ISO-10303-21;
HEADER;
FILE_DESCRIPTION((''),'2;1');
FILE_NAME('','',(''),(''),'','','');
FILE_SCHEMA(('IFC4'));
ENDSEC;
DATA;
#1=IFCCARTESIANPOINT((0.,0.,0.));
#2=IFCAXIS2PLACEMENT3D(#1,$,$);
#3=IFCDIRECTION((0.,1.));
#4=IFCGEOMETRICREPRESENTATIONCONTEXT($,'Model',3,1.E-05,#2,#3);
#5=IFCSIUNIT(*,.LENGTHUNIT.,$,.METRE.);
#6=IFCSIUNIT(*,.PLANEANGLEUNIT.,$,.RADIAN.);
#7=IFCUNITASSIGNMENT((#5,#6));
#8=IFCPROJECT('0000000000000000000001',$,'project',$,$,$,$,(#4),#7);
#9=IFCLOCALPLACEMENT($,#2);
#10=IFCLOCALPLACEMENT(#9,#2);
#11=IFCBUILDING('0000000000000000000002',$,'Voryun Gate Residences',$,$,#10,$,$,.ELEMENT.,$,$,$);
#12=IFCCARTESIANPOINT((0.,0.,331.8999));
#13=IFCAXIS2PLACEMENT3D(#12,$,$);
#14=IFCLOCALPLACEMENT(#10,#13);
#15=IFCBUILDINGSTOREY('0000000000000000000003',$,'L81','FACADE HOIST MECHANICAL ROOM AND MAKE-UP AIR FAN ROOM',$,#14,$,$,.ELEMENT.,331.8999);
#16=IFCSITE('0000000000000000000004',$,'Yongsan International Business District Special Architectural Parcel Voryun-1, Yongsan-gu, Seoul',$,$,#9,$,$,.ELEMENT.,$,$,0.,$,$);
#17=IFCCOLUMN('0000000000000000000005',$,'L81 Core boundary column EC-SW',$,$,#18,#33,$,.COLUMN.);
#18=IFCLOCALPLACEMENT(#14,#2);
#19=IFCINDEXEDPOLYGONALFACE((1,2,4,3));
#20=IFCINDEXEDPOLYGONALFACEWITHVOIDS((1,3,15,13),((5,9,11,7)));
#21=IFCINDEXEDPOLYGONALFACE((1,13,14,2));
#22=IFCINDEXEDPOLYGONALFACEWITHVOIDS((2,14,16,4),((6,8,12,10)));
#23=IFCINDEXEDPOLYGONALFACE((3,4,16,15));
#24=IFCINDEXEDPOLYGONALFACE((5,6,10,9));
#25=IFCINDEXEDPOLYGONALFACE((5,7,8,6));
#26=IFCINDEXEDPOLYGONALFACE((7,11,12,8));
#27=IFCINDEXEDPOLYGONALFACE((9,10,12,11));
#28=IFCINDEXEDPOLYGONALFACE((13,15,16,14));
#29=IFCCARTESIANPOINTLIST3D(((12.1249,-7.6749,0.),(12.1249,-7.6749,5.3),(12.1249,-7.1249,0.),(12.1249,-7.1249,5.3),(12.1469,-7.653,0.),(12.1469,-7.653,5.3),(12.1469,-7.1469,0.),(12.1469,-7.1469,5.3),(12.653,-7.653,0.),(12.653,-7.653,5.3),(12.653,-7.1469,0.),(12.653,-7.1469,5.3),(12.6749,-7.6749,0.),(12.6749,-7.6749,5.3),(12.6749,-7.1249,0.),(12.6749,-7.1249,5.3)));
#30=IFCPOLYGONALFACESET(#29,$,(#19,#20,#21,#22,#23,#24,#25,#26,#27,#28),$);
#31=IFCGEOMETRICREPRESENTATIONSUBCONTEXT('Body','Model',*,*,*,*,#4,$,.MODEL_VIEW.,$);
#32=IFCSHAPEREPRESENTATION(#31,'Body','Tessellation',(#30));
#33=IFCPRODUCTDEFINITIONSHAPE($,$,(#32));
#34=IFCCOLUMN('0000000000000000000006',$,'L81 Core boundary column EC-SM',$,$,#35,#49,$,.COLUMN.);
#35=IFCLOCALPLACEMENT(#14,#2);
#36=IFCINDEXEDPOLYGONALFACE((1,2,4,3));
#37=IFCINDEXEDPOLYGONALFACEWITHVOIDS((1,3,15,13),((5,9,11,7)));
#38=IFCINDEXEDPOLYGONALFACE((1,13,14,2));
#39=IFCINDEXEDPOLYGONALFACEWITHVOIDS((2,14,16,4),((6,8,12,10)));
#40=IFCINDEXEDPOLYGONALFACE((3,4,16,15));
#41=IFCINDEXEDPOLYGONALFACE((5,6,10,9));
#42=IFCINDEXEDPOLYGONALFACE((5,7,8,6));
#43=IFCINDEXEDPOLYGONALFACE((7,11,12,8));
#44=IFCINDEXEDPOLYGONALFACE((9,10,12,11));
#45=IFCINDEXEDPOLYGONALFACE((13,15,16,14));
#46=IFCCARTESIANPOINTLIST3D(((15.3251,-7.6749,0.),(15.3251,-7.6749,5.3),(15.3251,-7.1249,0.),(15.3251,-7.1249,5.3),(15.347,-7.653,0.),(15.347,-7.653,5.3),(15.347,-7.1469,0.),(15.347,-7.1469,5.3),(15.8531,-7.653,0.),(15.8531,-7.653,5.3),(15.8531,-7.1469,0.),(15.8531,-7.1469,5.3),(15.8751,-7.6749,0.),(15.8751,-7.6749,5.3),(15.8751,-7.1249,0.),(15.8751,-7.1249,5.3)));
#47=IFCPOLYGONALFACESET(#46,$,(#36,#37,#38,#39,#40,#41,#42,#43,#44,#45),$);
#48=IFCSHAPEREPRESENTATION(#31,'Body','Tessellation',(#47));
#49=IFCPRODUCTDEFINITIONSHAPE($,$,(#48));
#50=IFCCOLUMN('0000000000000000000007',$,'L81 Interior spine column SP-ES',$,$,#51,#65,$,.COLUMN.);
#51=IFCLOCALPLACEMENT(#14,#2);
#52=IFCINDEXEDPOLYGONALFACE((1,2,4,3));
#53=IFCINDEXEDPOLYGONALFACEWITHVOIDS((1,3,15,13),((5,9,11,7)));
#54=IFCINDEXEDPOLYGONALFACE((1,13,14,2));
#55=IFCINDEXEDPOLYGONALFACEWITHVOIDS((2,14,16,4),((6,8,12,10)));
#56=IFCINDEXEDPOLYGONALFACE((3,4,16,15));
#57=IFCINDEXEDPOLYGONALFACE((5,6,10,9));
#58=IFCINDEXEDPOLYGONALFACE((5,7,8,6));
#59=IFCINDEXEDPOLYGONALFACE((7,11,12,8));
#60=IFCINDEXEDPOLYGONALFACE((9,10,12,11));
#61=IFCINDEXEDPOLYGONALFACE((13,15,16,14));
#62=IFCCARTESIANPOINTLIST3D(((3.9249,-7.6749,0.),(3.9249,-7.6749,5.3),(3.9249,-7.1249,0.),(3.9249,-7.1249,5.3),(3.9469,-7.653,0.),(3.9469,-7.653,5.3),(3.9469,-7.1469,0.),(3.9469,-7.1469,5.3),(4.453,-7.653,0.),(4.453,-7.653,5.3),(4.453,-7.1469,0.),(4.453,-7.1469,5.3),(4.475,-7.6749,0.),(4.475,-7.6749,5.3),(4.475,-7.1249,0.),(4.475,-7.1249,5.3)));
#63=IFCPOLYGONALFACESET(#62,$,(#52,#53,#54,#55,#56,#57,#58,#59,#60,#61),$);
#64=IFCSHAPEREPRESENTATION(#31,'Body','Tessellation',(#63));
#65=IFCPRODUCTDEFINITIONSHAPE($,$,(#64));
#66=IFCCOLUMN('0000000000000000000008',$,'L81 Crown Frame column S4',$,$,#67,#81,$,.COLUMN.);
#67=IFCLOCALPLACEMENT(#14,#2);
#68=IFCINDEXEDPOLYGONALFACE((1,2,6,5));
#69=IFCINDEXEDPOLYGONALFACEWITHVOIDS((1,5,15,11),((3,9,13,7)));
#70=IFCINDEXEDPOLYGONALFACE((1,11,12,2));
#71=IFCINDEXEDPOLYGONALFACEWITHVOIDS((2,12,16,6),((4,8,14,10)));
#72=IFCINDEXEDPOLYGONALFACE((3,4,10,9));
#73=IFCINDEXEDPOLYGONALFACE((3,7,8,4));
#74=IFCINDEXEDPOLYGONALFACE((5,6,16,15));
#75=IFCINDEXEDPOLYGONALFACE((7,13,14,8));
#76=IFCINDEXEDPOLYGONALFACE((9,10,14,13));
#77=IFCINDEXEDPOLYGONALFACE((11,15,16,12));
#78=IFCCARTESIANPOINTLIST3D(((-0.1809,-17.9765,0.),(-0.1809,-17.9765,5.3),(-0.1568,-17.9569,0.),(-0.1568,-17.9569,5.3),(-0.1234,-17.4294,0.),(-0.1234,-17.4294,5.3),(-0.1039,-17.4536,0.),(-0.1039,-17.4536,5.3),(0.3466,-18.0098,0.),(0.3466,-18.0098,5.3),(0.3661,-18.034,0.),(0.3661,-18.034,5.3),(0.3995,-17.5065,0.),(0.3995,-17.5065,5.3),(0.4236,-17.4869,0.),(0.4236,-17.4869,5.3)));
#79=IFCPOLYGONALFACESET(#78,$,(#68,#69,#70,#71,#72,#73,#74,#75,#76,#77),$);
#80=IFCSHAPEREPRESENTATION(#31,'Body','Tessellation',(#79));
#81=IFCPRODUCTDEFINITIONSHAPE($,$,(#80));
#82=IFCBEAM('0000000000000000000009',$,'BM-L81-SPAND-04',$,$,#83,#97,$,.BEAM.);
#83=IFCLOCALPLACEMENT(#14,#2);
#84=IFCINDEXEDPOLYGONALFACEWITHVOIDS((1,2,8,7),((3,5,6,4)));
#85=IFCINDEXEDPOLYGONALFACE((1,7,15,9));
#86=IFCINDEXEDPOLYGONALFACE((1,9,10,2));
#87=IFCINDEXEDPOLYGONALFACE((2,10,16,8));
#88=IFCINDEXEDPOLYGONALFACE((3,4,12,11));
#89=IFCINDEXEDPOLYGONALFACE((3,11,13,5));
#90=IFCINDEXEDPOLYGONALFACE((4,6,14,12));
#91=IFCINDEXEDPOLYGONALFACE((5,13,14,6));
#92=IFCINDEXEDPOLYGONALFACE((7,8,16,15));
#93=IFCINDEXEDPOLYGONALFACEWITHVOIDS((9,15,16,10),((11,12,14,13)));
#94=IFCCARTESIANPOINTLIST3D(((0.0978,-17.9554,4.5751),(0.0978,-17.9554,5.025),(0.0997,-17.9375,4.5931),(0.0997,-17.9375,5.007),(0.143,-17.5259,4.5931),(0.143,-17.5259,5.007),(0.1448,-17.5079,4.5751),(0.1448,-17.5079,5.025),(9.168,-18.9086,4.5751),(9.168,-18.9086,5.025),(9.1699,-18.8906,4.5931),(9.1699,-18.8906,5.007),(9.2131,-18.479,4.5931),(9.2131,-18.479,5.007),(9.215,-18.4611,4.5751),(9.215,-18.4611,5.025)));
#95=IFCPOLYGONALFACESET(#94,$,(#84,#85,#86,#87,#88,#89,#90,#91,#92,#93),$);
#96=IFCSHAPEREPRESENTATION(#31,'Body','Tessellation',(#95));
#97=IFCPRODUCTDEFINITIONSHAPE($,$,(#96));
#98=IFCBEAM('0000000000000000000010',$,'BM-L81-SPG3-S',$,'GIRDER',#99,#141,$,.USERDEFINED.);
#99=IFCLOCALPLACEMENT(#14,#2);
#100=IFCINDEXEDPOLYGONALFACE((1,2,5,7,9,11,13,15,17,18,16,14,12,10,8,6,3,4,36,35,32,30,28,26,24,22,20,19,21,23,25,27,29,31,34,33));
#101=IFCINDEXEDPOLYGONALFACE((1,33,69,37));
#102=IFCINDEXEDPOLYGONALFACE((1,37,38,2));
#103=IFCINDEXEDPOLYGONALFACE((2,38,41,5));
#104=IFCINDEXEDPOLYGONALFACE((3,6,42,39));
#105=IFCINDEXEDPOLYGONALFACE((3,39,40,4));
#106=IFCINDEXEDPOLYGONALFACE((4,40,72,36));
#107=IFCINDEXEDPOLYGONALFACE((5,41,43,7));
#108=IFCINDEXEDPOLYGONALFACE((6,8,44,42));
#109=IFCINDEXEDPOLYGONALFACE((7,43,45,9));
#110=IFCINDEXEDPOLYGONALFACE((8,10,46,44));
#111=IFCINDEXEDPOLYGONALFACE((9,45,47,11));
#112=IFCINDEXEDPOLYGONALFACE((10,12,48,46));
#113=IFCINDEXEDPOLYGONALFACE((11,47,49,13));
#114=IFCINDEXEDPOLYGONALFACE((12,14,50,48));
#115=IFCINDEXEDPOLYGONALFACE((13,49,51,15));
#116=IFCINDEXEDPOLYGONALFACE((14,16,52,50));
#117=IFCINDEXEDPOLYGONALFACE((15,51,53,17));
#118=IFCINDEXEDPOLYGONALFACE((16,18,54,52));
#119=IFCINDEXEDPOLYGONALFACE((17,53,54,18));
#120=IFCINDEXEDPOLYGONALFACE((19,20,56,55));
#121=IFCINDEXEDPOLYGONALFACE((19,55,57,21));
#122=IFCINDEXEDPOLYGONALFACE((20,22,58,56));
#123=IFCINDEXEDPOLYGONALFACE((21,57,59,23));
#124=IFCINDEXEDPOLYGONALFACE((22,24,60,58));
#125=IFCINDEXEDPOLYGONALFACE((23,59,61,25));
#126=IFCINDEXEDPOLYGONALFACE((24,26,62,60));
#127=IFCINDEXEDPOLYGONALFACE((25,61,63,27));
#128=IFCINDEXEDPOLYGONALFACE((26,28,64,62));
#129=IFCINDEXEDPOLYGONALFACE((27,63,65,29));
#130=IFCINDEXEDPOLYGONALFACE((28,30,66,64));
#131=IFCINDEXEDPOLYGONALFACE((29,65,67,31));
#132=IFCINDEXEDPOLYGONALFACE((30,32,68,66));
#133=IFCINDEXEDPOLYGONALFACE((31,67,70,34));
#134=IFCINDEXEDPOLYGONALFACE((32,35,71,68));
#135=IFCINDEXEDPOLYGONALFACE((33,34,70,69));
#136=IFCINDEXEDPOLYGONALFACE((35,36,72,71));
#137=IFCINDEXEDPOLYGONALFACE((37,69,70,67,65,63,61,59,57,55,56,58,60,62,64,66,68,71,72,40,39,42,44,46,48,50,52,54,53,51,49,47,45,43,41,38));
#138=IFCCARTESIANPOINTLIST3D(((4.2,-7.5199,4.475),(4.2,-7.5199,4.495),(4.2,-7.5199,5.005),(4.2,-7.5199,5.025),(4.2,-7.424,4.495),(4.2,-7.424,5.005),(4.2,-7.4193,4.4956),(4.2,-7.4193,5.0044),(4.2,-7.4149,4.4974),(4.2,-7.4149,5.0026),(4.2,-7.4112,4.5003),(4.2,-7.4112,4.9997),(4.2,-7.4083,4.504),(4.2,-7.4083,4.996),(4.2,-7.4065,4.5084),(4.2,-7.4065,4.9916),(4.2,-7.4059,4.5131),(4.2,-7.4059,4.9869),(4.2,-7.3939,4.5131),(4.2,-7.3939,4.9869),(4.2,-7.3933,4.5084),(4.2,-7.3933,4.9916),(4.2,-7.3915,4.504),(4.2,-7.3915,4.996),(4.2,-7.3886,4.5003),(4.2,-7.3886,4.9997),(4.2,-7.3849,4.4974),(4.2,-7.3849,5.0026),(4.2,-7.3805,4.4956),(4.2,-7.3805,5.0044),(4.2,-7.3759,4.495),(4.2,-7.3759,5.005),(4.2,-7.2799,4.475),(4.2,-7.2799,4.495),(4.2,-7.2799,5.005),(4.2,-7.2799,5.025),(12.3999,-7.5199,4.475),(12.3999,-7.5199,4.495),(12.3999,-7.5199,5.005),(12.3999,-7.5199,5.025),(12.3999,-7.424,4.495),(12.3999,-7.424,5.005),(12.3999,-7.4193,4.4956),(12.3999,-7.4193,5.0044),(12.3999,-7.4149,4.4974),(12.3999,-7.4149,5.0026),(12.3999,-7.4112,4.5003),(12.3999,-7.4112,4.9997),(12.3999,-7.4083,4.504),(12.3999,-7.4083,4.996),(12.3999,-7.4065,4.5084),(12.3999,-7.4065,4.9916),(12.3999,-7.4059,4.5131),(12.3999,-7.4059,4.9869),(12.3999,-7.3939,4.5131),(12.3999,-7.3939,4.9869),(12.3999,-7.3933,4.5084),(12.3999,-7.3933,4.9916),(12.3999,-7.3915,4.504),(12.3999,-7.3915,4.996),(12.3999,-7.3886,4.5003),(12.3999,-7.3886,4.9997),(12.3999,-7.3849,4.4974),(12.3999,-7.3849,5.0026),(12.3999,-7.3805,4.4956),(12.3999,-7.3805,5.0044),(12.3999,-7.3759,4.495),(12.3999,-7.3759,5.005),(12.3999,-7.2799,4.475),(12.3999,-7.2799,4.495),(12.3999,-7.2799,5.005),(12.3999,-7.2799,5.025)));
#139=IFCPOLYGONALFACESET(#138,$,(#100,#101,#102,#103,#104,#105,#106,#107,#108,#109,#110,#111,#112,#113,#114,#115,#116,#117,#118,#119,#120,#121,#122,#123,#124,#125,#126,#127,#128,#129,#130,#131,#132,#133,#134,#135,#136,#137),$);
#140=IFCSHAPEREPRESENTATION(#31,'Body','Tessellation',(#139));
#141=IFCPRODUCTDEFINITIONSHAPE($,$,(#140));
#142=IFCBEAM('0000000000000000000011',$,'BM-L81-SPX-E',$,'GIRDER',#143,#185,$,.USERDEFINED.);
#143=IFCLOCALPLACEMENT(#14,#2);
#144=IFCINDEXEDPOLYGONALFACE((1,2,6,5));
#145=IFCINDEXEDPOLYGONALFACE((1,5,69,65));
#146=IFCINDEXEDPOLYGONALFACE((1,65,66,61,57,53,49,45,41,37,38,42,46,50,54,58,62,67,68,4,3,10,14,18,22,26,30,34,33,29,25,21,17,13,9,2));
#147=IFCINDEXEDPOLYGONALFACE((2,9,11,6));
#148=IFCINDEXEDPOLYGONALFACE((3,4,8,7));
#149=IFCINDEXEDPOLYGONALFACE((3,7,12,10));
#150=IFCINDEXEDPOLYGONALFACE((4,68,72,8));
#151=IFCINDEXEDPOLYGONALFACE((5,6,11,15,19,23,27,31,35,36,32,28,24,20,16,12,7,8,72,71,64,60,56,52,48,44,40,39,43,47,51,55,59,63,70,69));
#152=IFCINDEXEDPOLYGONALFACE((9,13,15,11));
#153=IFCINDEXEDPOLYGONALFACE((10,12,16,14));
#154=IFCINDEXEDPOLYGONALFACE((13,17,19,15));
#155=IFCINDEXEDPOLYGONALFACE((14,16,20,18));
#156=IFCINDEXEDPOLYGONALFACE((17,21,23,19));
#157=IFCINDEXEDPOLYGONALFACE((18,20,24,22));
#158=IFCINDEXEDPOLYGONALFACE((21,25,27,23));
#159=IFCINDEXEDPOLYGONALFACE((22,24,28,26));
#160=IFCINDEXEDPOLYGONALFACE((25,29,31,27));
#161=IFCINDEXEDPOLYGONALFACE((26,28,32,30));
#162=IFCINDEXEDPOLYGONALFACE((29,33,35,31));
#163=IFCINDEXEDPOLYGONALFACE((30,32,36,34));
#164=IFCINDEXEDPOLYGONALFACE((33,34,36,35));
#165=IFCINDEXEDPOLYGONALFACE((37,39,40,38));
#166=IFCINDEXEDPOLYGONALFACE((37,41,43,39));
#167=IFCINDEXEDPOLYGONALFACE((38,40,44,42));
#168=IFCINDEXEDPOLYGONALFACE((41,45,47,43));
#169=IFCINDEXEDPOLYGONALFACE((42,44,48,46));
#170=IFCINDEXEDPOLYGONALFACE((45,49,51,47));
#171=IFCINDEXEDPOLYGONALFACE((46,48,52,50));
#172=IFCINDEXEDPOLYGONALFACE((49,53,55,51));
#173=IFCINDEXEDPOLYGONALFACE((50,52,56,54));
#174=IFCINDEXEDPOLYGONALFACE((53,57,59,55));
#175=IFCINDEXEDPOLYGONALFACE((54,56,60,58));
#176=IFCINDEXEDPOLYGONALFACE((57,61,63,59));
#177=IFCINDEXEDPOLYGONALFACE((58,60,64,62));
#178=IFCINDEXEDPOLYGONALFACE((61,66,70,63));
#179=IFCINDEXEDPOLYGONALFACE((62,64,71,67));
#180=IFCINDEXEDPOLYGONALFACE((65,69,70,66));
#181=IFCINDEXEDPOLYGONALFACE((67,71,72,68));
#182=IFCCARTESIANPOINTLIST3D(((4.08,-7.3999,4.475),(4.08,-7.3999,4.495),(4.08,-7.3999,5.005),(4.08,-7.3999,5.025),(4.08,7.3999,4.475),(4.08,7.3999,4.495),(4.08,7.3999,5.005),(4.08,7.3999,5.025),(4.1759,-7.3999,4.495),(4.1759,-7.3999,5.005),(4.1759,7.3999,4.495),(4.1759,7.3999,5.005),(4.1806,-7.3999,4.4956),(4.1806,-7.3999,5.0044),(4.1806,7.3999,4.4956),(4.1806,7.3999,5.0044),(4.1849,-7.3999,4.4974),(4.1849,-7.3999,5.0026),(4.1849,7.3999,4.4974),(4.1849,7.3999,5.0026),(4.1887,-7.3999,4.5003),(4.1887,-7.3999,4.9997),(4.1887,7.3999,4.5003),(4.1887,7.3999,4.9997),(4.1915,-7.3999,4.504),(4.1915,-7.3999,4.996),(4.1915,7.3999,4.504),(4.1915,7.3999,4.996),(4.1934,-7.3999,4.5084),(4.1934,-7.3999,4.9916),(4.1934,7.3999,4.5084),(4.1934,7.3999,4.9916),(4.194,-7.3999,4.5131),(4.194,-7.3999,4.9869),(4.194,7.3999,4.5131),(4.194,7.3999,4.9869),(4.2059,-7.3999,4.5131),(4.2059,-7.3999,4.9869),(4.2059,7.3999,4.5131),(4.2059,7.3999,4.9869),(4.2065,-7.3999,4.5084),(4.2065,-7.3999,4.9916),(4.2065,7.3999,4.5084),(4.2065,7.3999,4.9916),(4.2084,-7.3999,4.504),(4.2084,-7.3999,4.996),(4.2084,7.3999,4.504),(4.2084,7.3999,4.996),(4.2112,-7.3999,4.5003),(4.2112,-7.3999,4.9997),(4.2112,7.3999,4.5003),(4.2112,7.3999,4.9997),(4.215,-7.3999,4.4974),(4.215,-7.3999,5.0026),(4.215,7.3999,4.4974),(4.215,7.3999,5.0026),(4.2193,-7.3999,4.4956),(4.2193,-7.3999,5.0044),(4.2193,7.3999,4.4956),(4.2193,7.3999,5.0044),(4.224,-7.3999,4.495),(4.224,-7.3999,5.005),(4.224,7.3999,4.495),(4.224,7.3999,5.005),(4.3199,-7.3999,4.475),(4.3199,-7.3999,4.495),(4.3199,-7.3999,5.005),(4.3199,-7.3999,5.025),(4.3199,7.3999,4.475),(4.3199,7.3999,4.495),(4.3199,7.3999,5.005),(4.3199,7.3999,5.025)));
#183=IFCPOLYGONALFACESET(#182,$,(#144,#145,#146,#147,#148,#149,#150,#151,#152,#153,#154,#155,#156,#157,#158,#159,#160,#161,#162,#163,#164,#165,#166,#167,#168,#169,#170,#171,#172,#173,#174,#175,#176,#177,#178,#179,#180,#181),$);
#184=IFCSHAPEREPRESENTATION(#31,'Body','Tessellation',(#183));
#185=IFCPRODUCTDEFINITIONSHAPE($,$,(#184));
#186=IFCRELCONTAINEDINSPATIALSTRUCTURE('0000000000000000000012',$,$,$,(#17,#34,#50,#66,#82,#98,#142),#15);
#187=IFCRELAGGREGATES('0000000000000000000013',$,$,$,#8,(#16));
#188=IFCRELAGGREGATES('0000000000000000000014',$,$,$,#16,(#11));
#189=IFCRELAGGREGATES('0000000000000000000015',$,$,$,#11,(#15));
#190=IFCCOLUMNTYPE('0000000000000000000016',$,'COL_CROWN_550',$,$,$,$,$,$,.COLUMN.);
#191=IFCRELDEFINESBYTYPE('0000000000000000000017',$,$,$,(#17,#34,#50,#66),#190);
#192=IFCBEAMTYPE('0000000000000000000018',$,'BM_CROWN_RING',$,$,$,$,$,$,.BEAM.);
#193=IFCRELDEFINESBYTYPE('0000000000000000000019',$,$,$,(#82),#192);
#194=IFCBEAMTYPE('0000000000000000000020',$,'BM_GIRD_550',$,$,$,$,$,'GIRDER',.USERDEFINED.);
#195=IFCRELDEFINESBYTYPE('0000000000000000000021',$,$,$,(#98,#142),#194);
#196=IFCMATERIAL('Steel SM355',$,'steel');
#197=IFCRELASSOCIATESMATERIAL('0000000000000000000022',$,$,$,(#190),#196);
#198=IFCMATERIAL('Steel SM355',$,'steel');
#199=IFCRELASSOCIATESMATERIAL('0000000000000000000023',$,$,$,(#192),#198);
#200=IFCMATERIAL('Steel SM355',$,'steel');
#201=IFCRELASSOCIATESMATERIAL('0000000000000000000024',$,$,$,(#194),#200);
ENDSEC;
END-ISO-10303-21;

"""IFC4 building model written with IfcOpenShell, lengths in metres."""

from ifc_helpers import new_model, si_unit, direction, frame, origin, origin_2d, place, context, subcontext, project, spatial, hollow_rectangle, i_section, extrude, material, material_profile, profile_set, type_object, element, save


model = new_model("IFC4")

# Units and contexts
model_context = context("Model", 3, precision=1e-05, world=origin(), true_north=direction((0.0, 1.0)))
body_context = subcontext(model_context, "Body", "Model", "MODEL_VIEW")
ifc_project = project(units=[si_unit("LENGTHUNIT", "METRE"), si_unit("PLANEANGLEUNIT", "RADIAN")], contexts=[model_context])

# Site, building, storey
site_placement = place(None, origin())
site = spatial("IfcSite", under=ifc_project, at=site_placement, Name="Yongsan International Business District Special Architectural Parcel Voryun-1, Yongsan-gu, Seoul", CompositionType="ELEMENT", RefElevation=0.0)
building_placement = place(site_placement, origin())
building = spatial("IfcBuilding", under=site, at=building_placement, Name="Voryun Gate Residences", CompositionType="ELEMENT")
storey_placement = place(building_placement, frame((0.0, 0.0, 331.8999)))
storey = spatial("IfcBuildingStorey", under=building, at=storey_placement, Name="L81", Description="FACADE HOIST MECHANICAL ROOM AND MAKE-UP AIR FAN ROOM", CompositionType="ELEMENT", Elevation=331.8999)

# Columns
ifc_material_1 = material(Name="Steel SM355", Category="steel")
ifc_material_profile_1 = material_profile(ifc_material_1, hollow_rectangle(XDim=0.55, YDim=0.55, WallThickness=0.022, at=origin_2d()), Name="BOX-550x550x22")
ifc_profile_set_1 = profile_set([ifc_material_profile_1], Name="Steel SM355")
column_type = type_object("IfcColumnType", Name="COL_CROWN_550", PredefinedType="COLUMN", material=ifc_profile_set_1)
for number, where, z_axis, x_axis, name in (
    (1, (12.3999, -7.3999, 0.0), (0.0, 0.0, 1.0), (1.0, 0.0, 0.0), "L81 Core boundary column EC-SW"),
    (2, (15.6001, -7.3999, 0.0), (0.0, 0.0, 1.0), (1.0, 0.0, 0.0), "L81 Core boundary column EC-SM"),
    (3, (4.2, -7.3999, 0.0), (0.0, 0.0, 1.0), (1.0, 0.0, 0.0), "L81 Interior spine column SP-ES"),
    (4, (0.1213, -17.7317, 0.0), (0.0, 0.0, 1.0), (0.994522, -0.104528, 0.0), "L81 Crown Frame column S4"),
):
    element("IfcColumn", number, at=place(storey_placement, frame(where, z_axis=z_axis, x_axis=x_axis)), inside=storey, type_object=column_type, Name=name, PredefinedType="COLUMN", context=body_context, shape_type="SweptSolid", body=[
        extrude(hollow_rectangle(XDim=0.55, YDim=0.55, WallThickness=0.022, at=origin_2d()), origin(), (0.0, 0.0, 1.0), 5.3),
    ])

# Beams
ifc_material_2 = material(Name="Steel SM355", Category="steel")
ifc_material_profile_2 = material_profile(ifc_material_2, hollow_rectangle(XDim=0.45, YDim=0.45, WallThickness=0.0181, at=origin_2d()), Name="BOX-450x450x18")
ifc_profile_set_2 = profile_set([ifc_material_profile_2], Name="Steel SM355")
beam_type_1 = type_object("IfcBeamType", Name="BM_CROWN_RING", PredefinedType="BEAM", material=ifc_profile_set_2)
beam_1_placement = place(storey_placement, frame((0.1213, -17.7317, 4.8), z_axis=(0.994524, -0.104509, 0.0), x_axis=(0.104509, 0.994524, 0.0)))
element("IfcBeam", 5, at=beam_1_placement, inside=storey, type_object=beam_type_1, Name="BM-L81-SPAND-04", PredefinedType="BEAM", context=body_context, shape_type="SweptSolid", body=[
    extrude(hollow_rectangle(XDim=0.45, YDim=0.45, WallThickness=0.0181, at=origin_2d()), origin(), (0.0, 0.0, 1.0), 9.1201),
])
ifc_material_3 = material(Name="Steel SM355", Category="steel")
ifc_material_profile_3 = material_profile(ifc_material_3, i_section(OverallWidth=0.24, OverallDepth=0.55, WebThickness=0.012, FlangeThickness=0.02, FilletRadius=0.0181, at=origin_2d()), Name="H-550x240x12x20")
ifc_profile_set_3 = profile_set([ifc_material_profile_3], Name="Steel SM355")
beam_type_2 = type_object("IfcBeamType", Name="BM_GIRD_550", ElementType="GIRDER", PredefinedType="USERDEFINED", material=ifc_profile_set_3)
beam_2_placement = place(storey_placement, frame((4.2, -7.3999, 4.75), z_axis=(1.0, 0.0, 0.0), x_axis=(0.0, 1.0, 0.0)))
element("IfcBeam", 6, at=beam_2_placement, inside=storey, type_object=beam_type_2, Name="BM-L81-SPG3-S", ObjectType="GIRDER", PredefinedType="USERDEFINED", context=body_context, shape_type="SweptSolid", body=[
    extrude(i_section(OverallWidth=0.24, OverallDepth=0.55, WebThickness=0.012, FlangeThickness=0.02, FilletRadius=0.0181, at=origin_2d()), origin(), (0.0, 0.0, 1.0), 8.2),
])
beam_3_placement = place(storey_placement, frame((4.2, -7.3999, 4.75), z_axis=(0.0, 1.0, 0.0), x_axis=(-1.0, 0.0, 0.0)))
element("IfcBeam", 7, at=beam_3_placement, inside=storey, type_object=beam_type_2, Name="BM-L81-SPX-E", ObjectType="GIRDER", PredefinedType="USERDEFINED", context=body_context, shape_type="SweptSolid", body=[
    extrude(i_section(OverallWidth=0.24, OverallDepth=0.55, WebThickness=0.012, FlangeThickness=0.02, FilletRadius=0.0181, at=origin_2d()), origin(), (0.0, 0.0, 1.0), 14.7998),
])

save(model, "model.ifc")
